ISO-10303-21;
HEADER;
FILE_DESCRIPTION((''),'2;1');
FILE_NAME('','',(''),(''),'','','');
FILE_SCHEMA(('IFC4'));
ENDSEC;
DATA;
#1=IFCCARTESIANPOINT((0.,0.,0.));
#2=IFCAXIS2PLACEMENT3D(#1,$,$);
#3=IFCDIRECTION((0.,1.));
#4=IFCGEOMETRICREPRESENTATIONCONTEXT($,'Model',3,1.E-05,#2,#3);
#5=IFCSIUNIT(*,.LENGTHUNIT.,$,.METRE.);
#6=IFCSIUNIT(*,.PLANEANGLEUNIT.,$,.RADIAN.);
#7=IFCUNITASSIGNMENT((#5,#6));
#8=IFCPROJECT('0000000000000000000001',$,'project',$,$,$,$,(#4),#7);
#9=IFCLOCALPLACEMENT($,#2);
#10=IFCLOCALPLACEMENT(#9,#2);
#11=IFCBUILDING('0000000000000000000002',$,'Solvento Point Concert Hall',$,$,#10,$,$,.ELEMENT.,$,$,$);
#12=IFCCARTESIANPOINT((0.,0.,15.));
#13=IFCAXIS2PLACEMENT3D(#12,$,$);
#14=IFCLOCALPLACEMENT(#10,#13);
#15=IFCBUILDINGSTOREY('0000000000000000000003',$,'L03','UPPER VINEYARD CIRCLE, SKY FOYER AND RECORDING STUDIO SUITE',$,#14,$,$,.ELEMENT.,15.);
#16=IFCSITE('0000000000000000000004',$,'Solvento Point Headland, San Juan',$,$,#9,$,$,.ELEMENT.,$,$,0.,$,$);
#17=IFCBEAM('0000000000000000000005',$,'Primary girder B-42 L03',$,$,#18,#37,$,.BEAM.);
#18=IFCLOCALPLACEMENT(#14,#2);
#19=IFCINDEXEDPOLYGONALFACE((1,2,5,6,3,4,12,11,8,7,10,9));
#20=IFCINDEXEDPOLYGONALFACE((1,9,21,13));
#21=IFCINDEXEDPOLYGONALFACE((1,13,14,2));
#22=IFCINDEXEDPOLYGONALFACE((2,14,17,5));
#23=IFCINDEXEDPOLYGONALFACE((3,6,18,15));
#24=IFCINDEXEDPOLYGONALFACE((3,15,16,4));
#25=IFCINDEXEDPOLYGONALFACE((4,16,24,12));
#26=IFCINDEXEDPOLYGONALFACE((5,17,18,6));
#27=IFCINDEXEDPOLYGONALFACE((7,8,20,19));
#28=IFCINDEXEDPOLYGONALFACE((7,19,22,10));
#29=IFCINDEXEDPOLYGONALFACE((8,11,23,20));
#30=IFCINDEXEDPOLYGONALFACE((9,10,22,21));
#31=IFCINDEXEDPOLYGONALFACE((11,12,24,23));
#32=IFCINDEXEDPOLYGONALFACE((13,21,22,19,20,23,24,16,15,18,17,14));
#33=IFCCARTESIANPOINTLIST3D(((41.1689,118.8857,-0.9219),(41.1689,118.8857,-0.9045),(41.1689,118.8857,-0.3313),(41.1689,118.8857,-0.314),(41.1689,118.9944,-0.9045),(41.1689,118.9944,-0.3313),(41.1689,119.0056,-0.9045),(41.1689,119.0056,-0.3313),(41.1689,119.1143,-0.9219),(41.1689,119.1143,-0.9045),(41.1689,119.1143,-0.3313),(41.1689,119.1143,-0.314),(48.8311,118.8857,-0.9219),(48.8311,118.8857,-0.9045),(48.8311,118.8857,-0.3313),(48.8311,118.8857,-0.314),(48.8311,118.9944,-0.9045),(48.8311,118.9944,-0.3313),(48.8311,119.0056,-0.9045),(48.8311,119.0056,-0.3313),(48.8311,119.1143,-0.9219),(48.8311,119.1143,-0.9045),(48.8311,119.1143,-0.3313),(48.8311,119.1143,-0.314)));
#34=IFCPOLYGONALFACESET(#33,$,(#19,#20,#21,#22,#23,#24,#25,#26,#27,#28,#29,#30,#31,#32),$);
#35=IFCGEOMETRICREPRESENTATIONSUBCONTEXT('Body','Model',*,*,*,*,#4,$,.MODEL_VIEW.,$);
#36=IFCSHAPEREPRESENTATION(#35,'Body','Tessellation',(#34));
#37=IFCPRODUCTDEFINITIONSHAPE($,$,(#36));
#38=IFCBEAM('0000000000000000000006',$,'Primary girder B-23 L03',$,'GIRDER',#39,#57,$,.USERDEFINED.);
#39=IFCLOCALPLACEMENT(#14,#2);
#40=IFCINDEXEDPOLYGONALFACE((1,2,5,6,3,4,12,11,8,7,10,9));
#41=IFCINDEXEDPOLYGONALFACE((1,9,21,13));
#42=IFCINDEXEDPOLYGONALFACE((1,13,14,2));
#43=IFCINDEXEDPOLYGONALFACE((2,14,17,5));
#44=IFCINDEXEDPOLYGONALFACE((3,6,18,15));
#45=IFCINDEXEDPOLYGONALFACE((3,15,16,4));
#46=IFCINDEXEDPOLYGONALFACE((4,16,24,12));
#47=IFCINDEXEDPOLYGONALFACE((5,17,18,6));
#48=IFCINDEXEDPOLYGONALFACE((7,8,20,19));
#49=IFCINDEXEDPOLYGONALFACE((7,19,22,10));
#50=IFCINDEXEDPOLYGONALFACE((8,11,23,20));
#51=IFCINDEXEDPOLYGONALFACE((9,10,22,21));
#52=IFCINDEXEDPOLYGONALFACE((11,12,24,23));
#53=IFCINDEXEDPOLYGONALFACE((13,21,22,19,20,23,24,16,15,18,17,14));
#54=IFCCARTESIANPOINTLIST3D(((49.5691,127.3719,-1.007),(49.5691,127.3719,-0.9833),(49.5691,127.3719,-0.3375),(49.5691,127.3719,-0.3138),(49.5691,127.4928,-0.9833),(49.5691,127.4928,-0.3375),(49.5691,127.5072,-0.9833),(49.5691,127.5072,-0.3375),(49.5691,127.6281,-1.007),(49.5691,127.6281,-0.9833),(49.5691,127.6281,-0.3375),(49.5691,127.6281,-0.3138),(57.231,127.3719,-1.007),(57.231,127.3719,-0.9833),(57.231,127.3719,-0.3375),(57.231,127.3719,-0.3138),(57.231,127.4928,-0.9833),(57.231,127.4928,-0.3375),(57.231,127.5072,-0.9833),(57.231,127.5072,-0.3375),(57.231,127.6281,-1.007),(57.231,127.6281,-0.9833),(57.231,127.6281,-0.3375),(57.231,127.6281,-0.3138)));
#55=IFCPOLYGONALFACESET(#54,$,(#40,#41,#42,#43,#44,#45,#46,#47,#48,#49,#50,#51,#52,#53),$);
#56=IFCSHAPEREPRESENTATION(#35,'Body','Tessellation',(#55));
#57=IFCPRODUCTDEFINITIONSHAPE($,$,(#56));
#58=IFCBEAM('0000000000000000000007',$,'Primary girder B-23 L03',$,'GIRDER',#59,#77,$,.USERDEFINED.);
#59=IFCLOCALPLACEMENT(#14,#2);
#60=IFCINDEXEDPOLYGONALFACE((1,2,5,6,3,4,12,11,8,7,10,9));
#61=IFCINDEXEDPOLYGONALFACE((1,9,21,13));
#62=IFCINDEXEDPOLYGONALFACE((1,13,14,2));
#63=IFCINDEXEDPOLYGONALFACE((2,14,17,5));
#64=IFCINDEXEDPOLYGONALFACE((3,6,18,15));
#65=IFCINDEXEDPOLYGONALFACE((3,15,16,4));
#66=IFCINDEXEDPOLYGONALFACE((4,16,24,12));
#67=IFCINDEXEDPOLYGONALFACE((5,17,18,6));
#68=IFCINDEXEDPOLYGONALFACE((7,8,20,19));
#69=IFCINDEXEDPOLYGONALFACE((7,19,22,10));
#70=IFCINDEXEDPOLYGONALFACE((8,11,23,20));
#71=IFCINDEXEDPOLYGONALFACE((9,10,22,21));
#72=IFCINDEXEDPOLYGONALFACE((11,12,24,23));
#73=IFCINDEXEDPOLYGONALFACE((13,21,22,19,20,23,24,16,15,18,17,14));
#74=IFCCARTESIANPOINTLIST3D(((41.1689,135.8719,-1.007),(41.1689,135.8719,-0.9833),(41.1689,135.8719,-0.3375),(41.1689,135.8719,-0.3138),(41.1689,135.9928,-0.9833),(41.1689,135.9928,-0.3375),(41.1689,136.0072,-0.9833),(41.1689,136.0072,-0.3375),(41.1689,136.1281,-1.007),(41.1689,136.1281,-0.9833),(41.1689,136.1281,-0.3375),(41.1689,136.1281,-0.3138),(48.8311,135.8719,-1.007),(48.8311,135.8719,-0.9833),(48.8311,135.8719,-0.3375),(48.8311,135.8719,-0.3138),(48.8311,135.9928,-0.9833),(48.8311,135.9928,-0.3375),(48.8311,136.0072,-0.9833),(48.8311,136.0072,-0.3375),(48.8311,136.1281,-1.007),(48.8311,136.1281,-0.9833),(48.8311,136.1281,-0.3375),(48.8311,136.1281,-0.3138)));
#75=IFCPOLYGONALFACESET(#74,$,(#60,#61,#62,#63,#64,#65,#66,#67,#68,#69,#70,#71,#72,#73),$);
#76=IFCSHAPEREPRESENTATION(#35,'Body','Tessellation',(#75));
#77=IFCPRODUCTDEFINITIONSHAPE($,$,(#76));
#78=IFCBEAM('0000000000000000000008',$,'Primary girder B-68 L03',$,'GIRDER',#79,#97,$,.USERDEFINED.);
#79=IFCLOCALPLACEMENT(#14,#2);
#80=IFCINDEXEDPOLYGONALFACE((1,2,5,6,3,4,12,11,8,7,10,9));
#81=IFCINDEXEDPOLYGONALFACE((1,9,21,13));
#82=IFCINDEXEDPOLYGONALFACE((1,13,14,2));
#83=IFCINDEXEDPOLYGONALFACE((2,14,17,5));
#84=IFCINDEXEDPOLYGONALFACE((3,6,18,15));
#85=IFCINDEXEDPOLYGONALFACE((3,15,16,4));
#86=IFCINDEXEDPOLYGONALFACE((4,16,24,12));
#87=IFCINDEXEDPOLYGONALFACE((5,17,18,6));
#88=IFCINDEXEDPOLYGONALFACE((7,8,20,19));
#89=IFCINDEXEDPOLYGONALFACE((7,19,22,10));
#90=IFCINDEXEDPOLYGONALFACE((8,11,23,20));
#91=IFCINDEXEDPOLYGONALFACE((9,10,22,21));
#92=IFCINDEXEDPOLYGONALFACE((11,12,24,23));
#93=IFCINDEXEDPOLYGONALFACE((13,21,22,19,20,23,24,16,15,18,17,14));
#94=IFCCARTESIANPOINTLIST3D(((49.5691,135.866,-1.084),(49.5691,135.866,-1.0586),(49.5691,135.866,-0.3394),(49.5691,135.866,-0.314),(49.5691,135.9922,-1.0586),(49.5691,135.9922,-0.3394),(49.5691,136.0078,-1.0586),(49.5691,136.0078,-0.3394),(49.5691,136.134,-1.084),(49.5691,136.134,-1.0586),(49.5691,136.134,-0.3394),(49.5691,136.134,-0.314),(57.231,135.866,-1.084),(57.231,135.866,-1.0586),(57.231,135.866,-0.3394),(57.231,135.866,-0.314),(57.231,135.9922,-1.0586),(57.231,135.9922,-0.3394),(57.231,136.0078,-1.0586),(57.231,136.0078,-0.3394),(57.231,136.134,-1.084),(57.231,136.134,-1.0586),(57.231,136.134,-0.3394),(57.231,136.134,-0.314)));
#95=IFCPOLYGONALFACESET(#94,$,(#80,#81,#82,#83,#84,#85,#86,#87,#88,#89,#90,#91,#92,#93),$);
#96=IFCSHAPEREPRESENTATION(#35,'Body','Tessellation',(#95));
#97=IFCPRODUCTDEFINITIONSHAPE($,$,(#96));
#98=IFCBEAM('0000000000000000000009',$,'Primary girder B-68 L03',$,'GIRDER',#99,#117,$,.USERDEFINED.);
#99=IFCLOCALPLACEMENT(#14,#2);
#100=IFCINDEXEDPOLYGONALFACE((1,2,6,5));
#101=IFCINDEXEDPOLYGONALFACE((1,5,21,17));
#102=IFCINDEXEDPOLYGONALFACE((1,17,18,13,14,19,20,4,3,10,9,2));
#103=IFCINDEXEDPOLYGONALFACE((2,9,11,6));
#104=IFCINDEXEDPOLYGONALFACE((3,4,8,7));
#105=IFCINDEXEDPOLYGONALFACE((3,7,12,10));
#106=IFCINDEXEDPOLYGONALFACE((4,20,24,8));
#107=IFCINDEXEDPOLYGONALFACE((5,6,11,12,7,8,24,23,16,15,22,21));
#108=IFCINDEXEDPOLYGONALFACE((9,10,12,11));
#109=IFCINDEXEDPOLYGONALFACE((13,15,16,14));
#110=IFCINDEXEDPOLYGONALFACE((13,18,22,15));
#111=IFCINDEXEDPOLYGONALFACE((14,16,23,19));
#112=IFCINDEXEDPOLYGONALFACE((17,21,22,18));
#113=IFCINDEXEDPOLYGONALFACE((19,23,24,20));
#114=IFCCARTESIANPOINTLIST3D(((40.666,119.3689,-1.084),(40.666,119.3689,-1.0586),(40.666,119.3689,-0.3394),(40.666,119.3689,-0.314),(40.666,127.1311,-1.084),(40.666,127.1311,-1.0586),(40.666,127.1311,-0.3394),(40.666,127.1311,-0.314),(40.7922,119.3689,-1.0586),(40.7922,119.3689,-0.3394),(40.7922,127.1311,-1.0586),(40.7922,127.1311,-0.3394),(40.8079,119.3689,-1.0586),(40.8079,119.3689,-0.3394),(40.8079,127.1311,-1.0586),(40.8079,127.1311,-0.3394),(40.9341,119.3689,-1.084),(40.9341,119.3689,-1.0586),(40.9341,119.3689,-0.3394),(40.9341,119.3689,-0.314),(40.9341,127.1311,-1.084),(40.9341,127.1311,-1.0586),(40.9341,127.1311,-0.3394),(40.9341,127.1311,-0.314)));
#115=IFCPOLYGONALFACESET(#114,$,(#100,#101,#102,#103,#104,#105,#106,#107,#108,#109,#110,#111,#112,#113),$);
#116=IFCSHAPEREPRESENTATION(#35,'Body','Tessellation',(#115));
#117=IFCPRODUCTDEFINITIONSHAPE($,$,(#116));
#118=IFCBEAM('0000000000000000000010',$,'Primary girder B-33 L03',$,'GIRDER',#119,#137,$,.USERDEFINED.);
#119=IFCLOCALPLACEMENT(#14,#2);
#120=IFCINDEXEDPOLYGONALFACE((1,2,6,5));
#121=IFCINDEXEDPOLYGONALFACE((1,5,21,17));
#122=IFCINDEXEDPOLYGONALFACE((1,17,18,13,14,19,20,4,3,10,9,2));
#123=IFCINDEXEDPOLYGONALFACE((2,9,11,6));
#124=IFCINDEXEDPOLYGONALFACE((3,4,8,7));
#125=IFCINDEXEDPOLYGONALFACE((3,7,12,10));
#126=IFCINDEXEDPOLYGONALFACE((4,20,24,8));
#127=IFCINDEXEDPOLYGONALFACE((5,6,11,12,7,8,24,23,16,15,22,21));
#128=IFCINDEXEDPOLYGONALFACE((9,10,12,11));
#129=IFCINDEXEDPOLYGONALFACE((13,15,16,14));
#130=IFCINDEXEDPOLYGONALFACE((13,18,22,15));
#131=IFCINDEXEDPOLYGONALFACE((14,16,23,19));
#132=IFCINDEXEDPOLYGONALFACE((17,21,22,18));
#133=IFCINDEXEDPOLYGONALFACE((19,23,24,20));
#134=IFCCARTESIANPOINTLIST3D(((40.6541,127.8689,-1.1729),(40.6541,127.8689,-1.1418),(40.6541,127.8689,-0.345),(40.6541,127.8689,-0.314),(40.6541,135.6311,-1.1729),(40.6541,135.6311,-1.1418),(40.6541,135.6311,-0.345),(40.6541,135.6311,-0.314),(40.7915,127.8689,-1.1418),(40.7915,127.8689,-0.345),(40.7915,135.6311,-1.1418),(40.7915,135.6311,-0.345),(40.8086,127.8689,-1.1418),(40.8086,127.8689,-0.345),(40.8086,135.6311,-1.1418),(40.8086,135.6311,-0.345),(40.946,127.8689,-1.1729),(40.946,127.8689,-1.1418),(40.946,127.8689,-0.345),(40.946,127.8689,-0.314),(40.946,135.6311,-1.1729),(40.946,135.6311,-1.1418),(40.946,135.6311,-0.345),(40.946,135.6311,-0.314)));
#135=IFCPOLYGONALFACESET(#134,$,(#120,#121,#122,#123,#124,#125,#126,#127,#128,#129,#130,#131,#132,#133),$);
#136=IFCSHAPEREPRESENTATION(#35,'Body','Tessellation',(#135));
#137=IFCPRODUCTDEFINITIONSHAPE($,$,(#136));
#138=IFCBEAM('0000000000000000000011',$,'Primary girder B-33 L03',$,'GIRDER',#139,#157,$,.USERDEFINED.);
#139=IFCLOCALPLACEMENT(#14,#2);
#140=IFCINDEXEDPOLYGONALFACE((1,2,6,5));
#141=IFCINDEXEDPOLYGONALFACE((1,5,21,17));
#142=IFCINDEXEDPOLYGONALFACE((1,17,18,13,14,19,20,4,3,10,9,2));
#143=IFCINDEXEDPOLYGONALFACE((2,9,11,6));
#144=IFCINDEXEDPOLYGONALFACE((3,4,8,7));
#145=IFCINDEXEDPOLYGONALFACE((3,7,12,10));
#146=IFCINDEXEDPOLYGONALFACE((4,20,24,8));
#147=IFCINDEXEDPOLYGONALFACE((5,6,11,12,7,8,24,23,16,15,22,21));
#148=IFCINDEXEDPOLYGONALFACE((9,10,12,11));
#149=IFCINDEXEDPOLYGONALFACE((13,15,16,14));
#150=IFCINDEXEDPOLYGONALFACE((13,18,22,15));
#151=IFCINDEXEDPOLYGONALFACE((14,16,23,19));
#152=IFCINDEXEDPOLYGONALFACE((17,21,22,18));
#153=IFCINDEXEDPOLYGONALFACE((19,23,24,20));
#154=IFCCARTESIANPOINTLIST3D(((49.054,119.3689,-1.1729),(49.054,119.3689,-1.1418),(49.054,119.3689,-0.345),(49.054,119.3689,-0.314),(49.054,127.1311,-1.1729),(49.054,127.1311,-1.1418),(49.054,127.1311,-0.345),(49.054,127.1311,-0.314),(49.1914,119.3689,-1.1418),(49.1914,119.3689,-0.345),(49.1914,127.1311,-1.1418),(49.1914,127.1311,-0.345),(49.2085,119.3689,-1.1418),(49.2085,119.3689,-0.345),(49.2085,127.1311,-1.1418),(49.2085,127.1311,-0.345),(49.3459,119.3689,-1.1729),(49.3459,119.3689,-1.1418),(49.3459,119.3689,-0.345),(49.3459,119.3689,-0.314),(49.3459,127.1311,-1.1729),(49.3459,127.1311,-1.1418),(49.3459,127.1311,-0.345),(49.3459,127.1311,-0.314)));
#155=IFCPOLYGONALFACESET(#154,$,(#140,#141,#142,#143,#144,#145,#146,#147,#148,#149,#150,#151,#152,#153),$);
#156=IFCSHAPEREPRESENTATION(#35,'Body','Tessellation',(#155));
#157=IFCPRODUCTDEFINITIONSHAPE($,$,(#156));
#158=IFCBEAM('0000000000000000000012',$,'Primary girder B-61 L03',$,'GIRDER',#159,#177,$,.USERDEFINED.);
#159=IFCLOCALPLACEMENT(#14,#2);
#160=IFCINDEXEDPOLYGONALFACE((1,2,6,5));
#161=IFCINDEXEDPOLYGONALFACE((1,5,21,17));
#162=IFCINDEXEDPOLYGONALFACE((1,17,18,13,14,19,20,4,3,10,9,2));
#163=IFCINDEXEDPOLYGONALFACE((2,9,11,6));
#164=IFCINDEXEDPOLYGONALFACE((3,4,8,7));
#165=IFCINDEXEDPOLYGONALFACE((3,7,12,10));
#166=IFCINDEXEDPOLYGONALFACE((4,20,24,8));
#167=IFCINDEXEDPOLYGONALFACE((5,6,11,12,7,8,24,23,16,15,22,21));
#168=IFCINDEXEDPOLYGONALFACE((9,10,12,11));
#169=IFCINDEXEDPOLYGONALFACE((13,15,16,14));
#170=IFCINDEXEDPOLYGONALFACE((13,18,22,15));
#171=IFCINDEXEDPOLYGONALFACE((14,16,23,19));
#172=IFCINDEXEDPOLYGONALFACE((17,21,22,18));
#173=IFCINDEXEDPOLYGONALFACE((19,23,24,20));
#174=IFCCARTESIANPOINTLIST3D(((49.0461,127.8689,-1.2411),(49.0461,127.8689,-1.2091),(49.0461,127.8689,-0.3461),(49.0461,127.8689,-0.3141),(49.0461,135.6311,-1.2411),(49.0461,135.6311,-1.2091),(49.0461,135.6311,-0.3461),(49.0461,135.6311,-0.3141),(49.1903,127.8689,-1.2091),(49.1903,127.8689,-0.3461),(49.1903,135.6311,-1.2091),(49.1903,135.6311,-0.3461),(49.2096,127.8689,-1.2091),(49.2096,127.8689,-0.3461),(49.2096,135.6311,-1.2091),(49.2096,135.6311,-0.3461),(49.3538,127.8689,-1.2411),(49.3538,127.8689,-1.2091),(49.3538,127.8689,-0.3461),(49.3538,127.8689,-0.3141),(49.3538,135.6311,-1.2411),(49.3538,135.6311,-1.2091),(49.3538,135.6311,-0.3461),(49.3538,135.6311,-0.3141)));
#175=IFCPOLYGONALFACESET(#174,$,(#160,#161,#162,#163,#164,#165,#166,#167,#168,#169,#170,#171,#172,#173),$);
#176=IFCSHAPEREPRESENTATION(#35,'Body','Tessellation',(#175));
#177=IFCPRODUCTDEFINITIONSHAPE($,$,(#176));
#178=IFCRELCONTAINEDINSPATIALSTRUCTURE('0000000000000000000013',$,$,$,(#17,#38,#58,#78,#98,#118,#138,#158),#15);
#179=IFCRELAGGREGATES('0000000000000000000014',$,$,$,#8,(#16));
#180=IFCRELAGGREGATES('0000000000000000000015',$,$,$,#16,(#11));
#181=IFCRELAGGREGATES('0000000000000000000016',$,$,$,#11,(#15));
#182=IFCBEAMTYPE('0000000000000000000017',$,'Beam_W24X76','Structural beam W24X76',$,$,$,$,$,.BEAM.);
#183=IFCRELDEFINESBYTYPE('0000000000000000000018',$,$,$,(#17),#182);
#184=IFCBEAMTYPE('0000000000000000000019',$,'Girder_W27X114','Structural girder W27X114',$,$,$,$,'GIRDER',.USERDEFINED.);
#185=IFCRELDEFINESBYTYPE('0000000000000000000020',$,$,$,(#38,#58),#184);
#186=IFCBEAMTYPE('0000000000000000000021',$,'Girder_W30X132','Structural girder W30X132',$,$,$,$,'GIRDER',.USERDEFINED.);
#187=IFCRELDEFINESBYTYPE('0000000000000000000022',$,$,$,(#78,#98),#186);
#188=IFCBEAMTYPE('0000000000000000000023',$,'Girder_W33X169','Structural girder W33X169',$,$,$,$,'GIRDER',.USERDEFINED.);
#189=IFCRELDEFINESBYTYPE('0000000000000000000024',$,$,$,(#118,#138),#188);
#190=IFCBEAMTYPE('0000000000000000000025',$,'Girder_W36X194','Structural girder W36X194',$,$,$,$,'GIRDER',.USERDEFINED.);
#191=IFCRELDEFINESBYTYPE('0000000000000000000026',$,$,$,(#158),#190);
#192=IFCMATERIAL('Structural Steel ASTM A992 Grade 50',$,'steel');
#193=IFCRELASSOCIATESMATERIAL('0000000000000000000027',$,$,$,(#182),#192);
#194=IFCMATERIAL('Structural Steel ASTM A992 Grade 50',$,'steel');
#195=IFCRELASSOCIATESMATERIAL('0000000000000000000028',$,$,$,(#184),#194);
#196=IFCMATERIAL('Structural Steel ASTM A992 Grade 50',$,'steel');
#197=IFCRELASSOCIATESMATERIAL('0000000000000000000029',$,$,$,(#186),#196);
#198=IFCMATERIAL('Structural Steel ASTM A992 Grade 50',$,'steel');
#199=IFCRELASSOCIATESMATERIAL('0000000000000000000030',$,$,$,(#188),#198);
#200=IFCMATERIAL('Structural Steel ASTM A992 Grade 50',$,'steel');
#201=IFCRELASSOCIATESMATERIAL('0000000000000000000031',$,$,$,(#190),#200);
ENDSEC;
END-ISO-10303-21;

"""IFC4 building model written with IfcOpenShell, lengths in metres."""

from ifc_helpers import new_model, si_unit, direction, frame, origin, origin_2d, place, context, subcontext, project, spatial, i_section, extrude, material, material_profile, profile_set, type_object, element, save


model = new_model("IFC4")

# Units and contexts
model_context = context("Model", 3, precision=1e-05, world=origin(), true_north=direction((0.0, 1.0)))
body_context = subcontext(model_context, "Body", "Model", "MODEL_VIEW")
ifc_project = project(units=[si_unit("LENGTHUNIT", "METRE"), si_unit("PLANEANGLEUNIT", "RADIAN")], contexts=[model_context])

# Site, building, storey
site_placement = place(None, origin())
site = spatial("IfcSite", under=ifc_project, at=site_placement, Name="Solvento Point Headland, San Juan", CompositionType="ELEMENT", RefElevation=0.0)
building_placement = place(site_placement, origin())
building = spatial("IfcBuilding", under=site, at=building_placement, Name="Solvento Point Concert Hall", CompositionType="ELEMENT")
storey_placement = place(building_placement, frame((0.0, 0.0, 15.0)))
storey = spatial("IfcBuildingStorey", under=building, at=storey_placement, Name="L03", Description="UPPER VINEYARD CIRCLE, SKY FOYER AND RECORDING STUDIO SUITE", CompositionType="ELEMENT", Elevation=15.0)

# Beams
ifc_material_1 = material(Name="Structural Steel ASTM A992 Grade 50", Category="steel")
ifc_material_profile_1 = material_profile(ifc_material_1, i_section(OverallWidth=0.2285, OverallDepth=0.6079, WebThickness=0.0112, FlangeThickness=0.0173, at=origin_2d()), Name="W24X76")
ifc_profile_set_1 = profile_set([ifc_material_profile_1], Name="Structural Steel ASTM A992 Grade 50")
beam_type_1 = type_object("IfcBeamType", Name="Beam_W24X76", Description="Structural beam W24X76", PredefinedType="BEAM", material=ifc_profile_set_1)
beam_1_placement = place(storey_placement, frame((41.1689, 119.0, -0.6179), z_axis=(1.0, 0.0, 0.0), x_axis=(0.0, 1.0, 0.0)))
element("IfcBeam", 1, at=beam_1_placement, inside=storey, type_object=beam_type_1, Name="Primary girder B-42 L03", PredefinedType="BEAM", context=body_context, shape_type="SweptSolid", body=[
    extrude(i_section(OverallWidth=0.2285, OverallDepth=0.6079, WebThickness=0.0112, FlangeThickness=0.0173, at=origin_2d()), origin(), (0.0, 0.0, 1.0), 7.6621),
])
ifc_material_2 = material(Name="Structural Steel ASTM A992 Grade 50", Category="steel")
ifc_material_profile_2 = material_profile(ifc_material_2, i_section(OverallWidth=0.2561, OverallDepth=0.6931, WebThickness=0.0144, FlangeThickness=0.0237, at=origin_2d()), Name="W27X114")
ifc_profile_set_2 = profile_set([ifc_material_profile_2], Name="Structural Steel ASTM A992 Grade 50")
beam_type_2 = type_object("IfcBeamType", Name="Girder_W27X114", Description="Structural girder W27X114", ElementType="GIRDER", PredefinedType="USERDEFINED", material=ifc_profile_set_2)
beam_2_placement = place(storey_placement, frame((49.5691, 127.5, -0.6604), z_axis=(1.0, 0.0, 0.0), x_axis=(0.0, 1.0, 0.0)))
element("IfcBeam", 2, at=beam_2_placement, inside=storey, type_object=beam_type_2, Name="Primary girder B-23 L03", ObjectType="GIRDER", PredefinedType="USERDEFINED", context=body_context, shape_type="SweptSolid", body=[
    extrude(i_section(OverallWidth=0.2561, OverallDepth=0.6931, WebThickness=0.0144, FlangeThickness=0.0237, at=origin_2d()), origin(), (0.0, 0.0, 1.0), 7.6619),
])
beam_3_placement = place(storey_placement, frame((41.1689, 136.0, -0.6604), z_axis=(1.0, 0.0, 0.0), x_axis=(0.0, 1.0, 0.0)))
element("IfcBeam", 3, at=beam_3_placement, inside=storey, type_object=beam_type_2, Name="Primary girder B-23 L03", ObjectType="GIRDER", PredefinedType="USERDEFINED", context=body_context, shape_type="SweptSolid", body=[
    extrude(i_section(OverallWidth=0.2561, OverallDepth=0.6931, WebThickness=0.0144, FlangeThickness=0.0237, at=origin_2d()), origin(), (0.0, 0.0, 1.0), 7.6621),
])
ifc_material_3 = material(Name="Structural Steel ASTM A992 Grade 50", Category="steel")
ifc_material_profile_3 = material_profile(ifc_material_3, i_section(OverallWidth=0.2681, OverallDepth=0.77, WebThickness=0.0156, FlangeThickness=0.0254, at=origin_2d()), Name="W30X132")
ifc_profile_set_3 = profile_set([ifc_material_profile_3], Name="Structural Steel ASTM A992 Grade 50")
beam_type_3 = type_object("IfcBeamType", Name="Girder_W30X132", Description="Structural girder W30X132", ElementType="GIRDER", PredefinedType="USERDEFINED", material=ifc_profile_set_3)
beam_4_placement = place(storey_placement, frame((49.5691, 136.0, -0.699), z_axis=(1.0, 0.0, 0.0), x_axis=(0.0, 1.0, 0.0)))
element("IfcBeam", 4, at=beam_4_placement, inside=storey, type_object=beam_type_3, Name="Primary girder B-68 L03", ObjectType="GIRDER", PredefinedType="USERDEFINED", context=body_context, shape_type="SweptSolid", body=[
    extrude(i_section(OverallWidth=0.2681, OverallDepth=0.77, WebThickness=0.0156, FlangeThickness=0.0254, at=origin_2d()), origin(), (0.0, 0.0, 1.0), 7.6619),
])
beam_5_placement = place(storey_placement, frame((40.8, 119.3689, -0.699), z_axis=(0.0, 1.0, 0.0), x_axis=(-1.0, 0.0, 0.0)))
element("IfcBeam", 5, at=beam_5_placement, inside=storey, type_object=beam_type_3, Name="Primary girder B-68 L03", ObjectType="GIRDER", PredefinedType="USERDEFINED", context=body_context, shape_type="SweptSolid", body=[
    extrude(i_section(OverallWidth=0.2681, OverallDepth=0.77, WebThickness=0.0156, FlangeThickness=0.0254, at=origin_2d()), origin(), (0.0, 0.0, 1.0), 7.7622),
])
ifc_material_4 = material(Name="Structural Steel ASTM A992 Grade 50", Category="steel")
ifc_material_profile_4 = material_profile(ifc_material_4, i_section(OverallWidth=0.292, OverallDepth=0.8589, WebThickness=0.0171, FlangeThickness=0.031, at=origin_2d()), Name="W33X169")
ifc_profile_set_4 = profile_set([ifc_material_profile_4], Name="Structural Steel ASTM A992 Grade 50")
beam_type_4 = type_object("IfcBeamType", Name="Girder_W33X169", Description="Structural girder W33X169", ElementType="GIRDER", PredefinedType="USERDEFINED", material=ifc_profile_set_4)
for number, where, z_axis, x_axis, name in (
    (6, (40.8, 127.8689, -0.7434), (0.0, 1.0, 0.0), (-1.0, 0.0, 0.0), "Primary girder B-33 L03"),
    (7, (49.2, 119.3689, -0.7434), (0.0, 1.0, 0.0), (-1.0, 0.0, 0.0), "Primary girder B-33 L03"),
):
    element("IfcBeam", number, at=place(storey_placement, frame(where, z_axis=z_axis, x_axis=x_axis)), inside=storey, type_object=beam_type_4, Name=name, ObjectType="GIRDER", PredefinedType="USERDEFINED", context=body_context, shape_type="SweptSolid", body=[
        extrude(i_section(OverallWidth=0.292, OverallDepth=0.8589, WebThickness=0.0171, FlangeThickness=0.031, at=origin_2d()), origin(), (0.0, 0.0, 1.0), 7.7622),
    ])
ifc_material_5 = material(Name="Structural Steel ASTM A992 Grade 50", Category="steel")
ifc_material_profile_5 = material_profile(ifc_material_5, i_section(OverallWidth=0.3076, OverallDepth=0.927, WebThickness=0.0193, FlangeThickness=0.032, at=origin_2d()), Name="W36X194")
ifc_profile_set_5 = profile_set([ifc_material_profile_5], Name="Structural Steel ASTM A992 Grade 50")
beam_type_5 = type_object("IfcBeamType", Name="Girder_W36X194", Description="Structural girder W36X194", ElementType="GIRDER", PredefinedType="USERDEFINED", material=ifc_profile_set_5)
for number, where, z_axis, x_axis, name in (
    (8, (49.2, 127.8689, -0.7776), (0.0, 1.0, 0.0), (-1.0, 0.0, 0.0), "Primary girder B-61 L03"),
):
    element("IfcBeam", number, at=place(storey_placement, frame(where, z_axis=z_axis, x_axis=x_axis)), inside=storey, type_object=beam_type_5, Name=name, ObjectType="GIRDER", PredefinedType="USERDEFINED", context=body_context, shape_type="SweptSolid", body=[
        extrude(i_section(OverallWidth=0.3076, OverallDepth=0.927, WebThickness=0.0193, FlangeThickness=0.032, at=origin_2d()), origin(), (0.0, 0.0, 1.0), 7.7622),
    ])

save(model, "model.ifc")
